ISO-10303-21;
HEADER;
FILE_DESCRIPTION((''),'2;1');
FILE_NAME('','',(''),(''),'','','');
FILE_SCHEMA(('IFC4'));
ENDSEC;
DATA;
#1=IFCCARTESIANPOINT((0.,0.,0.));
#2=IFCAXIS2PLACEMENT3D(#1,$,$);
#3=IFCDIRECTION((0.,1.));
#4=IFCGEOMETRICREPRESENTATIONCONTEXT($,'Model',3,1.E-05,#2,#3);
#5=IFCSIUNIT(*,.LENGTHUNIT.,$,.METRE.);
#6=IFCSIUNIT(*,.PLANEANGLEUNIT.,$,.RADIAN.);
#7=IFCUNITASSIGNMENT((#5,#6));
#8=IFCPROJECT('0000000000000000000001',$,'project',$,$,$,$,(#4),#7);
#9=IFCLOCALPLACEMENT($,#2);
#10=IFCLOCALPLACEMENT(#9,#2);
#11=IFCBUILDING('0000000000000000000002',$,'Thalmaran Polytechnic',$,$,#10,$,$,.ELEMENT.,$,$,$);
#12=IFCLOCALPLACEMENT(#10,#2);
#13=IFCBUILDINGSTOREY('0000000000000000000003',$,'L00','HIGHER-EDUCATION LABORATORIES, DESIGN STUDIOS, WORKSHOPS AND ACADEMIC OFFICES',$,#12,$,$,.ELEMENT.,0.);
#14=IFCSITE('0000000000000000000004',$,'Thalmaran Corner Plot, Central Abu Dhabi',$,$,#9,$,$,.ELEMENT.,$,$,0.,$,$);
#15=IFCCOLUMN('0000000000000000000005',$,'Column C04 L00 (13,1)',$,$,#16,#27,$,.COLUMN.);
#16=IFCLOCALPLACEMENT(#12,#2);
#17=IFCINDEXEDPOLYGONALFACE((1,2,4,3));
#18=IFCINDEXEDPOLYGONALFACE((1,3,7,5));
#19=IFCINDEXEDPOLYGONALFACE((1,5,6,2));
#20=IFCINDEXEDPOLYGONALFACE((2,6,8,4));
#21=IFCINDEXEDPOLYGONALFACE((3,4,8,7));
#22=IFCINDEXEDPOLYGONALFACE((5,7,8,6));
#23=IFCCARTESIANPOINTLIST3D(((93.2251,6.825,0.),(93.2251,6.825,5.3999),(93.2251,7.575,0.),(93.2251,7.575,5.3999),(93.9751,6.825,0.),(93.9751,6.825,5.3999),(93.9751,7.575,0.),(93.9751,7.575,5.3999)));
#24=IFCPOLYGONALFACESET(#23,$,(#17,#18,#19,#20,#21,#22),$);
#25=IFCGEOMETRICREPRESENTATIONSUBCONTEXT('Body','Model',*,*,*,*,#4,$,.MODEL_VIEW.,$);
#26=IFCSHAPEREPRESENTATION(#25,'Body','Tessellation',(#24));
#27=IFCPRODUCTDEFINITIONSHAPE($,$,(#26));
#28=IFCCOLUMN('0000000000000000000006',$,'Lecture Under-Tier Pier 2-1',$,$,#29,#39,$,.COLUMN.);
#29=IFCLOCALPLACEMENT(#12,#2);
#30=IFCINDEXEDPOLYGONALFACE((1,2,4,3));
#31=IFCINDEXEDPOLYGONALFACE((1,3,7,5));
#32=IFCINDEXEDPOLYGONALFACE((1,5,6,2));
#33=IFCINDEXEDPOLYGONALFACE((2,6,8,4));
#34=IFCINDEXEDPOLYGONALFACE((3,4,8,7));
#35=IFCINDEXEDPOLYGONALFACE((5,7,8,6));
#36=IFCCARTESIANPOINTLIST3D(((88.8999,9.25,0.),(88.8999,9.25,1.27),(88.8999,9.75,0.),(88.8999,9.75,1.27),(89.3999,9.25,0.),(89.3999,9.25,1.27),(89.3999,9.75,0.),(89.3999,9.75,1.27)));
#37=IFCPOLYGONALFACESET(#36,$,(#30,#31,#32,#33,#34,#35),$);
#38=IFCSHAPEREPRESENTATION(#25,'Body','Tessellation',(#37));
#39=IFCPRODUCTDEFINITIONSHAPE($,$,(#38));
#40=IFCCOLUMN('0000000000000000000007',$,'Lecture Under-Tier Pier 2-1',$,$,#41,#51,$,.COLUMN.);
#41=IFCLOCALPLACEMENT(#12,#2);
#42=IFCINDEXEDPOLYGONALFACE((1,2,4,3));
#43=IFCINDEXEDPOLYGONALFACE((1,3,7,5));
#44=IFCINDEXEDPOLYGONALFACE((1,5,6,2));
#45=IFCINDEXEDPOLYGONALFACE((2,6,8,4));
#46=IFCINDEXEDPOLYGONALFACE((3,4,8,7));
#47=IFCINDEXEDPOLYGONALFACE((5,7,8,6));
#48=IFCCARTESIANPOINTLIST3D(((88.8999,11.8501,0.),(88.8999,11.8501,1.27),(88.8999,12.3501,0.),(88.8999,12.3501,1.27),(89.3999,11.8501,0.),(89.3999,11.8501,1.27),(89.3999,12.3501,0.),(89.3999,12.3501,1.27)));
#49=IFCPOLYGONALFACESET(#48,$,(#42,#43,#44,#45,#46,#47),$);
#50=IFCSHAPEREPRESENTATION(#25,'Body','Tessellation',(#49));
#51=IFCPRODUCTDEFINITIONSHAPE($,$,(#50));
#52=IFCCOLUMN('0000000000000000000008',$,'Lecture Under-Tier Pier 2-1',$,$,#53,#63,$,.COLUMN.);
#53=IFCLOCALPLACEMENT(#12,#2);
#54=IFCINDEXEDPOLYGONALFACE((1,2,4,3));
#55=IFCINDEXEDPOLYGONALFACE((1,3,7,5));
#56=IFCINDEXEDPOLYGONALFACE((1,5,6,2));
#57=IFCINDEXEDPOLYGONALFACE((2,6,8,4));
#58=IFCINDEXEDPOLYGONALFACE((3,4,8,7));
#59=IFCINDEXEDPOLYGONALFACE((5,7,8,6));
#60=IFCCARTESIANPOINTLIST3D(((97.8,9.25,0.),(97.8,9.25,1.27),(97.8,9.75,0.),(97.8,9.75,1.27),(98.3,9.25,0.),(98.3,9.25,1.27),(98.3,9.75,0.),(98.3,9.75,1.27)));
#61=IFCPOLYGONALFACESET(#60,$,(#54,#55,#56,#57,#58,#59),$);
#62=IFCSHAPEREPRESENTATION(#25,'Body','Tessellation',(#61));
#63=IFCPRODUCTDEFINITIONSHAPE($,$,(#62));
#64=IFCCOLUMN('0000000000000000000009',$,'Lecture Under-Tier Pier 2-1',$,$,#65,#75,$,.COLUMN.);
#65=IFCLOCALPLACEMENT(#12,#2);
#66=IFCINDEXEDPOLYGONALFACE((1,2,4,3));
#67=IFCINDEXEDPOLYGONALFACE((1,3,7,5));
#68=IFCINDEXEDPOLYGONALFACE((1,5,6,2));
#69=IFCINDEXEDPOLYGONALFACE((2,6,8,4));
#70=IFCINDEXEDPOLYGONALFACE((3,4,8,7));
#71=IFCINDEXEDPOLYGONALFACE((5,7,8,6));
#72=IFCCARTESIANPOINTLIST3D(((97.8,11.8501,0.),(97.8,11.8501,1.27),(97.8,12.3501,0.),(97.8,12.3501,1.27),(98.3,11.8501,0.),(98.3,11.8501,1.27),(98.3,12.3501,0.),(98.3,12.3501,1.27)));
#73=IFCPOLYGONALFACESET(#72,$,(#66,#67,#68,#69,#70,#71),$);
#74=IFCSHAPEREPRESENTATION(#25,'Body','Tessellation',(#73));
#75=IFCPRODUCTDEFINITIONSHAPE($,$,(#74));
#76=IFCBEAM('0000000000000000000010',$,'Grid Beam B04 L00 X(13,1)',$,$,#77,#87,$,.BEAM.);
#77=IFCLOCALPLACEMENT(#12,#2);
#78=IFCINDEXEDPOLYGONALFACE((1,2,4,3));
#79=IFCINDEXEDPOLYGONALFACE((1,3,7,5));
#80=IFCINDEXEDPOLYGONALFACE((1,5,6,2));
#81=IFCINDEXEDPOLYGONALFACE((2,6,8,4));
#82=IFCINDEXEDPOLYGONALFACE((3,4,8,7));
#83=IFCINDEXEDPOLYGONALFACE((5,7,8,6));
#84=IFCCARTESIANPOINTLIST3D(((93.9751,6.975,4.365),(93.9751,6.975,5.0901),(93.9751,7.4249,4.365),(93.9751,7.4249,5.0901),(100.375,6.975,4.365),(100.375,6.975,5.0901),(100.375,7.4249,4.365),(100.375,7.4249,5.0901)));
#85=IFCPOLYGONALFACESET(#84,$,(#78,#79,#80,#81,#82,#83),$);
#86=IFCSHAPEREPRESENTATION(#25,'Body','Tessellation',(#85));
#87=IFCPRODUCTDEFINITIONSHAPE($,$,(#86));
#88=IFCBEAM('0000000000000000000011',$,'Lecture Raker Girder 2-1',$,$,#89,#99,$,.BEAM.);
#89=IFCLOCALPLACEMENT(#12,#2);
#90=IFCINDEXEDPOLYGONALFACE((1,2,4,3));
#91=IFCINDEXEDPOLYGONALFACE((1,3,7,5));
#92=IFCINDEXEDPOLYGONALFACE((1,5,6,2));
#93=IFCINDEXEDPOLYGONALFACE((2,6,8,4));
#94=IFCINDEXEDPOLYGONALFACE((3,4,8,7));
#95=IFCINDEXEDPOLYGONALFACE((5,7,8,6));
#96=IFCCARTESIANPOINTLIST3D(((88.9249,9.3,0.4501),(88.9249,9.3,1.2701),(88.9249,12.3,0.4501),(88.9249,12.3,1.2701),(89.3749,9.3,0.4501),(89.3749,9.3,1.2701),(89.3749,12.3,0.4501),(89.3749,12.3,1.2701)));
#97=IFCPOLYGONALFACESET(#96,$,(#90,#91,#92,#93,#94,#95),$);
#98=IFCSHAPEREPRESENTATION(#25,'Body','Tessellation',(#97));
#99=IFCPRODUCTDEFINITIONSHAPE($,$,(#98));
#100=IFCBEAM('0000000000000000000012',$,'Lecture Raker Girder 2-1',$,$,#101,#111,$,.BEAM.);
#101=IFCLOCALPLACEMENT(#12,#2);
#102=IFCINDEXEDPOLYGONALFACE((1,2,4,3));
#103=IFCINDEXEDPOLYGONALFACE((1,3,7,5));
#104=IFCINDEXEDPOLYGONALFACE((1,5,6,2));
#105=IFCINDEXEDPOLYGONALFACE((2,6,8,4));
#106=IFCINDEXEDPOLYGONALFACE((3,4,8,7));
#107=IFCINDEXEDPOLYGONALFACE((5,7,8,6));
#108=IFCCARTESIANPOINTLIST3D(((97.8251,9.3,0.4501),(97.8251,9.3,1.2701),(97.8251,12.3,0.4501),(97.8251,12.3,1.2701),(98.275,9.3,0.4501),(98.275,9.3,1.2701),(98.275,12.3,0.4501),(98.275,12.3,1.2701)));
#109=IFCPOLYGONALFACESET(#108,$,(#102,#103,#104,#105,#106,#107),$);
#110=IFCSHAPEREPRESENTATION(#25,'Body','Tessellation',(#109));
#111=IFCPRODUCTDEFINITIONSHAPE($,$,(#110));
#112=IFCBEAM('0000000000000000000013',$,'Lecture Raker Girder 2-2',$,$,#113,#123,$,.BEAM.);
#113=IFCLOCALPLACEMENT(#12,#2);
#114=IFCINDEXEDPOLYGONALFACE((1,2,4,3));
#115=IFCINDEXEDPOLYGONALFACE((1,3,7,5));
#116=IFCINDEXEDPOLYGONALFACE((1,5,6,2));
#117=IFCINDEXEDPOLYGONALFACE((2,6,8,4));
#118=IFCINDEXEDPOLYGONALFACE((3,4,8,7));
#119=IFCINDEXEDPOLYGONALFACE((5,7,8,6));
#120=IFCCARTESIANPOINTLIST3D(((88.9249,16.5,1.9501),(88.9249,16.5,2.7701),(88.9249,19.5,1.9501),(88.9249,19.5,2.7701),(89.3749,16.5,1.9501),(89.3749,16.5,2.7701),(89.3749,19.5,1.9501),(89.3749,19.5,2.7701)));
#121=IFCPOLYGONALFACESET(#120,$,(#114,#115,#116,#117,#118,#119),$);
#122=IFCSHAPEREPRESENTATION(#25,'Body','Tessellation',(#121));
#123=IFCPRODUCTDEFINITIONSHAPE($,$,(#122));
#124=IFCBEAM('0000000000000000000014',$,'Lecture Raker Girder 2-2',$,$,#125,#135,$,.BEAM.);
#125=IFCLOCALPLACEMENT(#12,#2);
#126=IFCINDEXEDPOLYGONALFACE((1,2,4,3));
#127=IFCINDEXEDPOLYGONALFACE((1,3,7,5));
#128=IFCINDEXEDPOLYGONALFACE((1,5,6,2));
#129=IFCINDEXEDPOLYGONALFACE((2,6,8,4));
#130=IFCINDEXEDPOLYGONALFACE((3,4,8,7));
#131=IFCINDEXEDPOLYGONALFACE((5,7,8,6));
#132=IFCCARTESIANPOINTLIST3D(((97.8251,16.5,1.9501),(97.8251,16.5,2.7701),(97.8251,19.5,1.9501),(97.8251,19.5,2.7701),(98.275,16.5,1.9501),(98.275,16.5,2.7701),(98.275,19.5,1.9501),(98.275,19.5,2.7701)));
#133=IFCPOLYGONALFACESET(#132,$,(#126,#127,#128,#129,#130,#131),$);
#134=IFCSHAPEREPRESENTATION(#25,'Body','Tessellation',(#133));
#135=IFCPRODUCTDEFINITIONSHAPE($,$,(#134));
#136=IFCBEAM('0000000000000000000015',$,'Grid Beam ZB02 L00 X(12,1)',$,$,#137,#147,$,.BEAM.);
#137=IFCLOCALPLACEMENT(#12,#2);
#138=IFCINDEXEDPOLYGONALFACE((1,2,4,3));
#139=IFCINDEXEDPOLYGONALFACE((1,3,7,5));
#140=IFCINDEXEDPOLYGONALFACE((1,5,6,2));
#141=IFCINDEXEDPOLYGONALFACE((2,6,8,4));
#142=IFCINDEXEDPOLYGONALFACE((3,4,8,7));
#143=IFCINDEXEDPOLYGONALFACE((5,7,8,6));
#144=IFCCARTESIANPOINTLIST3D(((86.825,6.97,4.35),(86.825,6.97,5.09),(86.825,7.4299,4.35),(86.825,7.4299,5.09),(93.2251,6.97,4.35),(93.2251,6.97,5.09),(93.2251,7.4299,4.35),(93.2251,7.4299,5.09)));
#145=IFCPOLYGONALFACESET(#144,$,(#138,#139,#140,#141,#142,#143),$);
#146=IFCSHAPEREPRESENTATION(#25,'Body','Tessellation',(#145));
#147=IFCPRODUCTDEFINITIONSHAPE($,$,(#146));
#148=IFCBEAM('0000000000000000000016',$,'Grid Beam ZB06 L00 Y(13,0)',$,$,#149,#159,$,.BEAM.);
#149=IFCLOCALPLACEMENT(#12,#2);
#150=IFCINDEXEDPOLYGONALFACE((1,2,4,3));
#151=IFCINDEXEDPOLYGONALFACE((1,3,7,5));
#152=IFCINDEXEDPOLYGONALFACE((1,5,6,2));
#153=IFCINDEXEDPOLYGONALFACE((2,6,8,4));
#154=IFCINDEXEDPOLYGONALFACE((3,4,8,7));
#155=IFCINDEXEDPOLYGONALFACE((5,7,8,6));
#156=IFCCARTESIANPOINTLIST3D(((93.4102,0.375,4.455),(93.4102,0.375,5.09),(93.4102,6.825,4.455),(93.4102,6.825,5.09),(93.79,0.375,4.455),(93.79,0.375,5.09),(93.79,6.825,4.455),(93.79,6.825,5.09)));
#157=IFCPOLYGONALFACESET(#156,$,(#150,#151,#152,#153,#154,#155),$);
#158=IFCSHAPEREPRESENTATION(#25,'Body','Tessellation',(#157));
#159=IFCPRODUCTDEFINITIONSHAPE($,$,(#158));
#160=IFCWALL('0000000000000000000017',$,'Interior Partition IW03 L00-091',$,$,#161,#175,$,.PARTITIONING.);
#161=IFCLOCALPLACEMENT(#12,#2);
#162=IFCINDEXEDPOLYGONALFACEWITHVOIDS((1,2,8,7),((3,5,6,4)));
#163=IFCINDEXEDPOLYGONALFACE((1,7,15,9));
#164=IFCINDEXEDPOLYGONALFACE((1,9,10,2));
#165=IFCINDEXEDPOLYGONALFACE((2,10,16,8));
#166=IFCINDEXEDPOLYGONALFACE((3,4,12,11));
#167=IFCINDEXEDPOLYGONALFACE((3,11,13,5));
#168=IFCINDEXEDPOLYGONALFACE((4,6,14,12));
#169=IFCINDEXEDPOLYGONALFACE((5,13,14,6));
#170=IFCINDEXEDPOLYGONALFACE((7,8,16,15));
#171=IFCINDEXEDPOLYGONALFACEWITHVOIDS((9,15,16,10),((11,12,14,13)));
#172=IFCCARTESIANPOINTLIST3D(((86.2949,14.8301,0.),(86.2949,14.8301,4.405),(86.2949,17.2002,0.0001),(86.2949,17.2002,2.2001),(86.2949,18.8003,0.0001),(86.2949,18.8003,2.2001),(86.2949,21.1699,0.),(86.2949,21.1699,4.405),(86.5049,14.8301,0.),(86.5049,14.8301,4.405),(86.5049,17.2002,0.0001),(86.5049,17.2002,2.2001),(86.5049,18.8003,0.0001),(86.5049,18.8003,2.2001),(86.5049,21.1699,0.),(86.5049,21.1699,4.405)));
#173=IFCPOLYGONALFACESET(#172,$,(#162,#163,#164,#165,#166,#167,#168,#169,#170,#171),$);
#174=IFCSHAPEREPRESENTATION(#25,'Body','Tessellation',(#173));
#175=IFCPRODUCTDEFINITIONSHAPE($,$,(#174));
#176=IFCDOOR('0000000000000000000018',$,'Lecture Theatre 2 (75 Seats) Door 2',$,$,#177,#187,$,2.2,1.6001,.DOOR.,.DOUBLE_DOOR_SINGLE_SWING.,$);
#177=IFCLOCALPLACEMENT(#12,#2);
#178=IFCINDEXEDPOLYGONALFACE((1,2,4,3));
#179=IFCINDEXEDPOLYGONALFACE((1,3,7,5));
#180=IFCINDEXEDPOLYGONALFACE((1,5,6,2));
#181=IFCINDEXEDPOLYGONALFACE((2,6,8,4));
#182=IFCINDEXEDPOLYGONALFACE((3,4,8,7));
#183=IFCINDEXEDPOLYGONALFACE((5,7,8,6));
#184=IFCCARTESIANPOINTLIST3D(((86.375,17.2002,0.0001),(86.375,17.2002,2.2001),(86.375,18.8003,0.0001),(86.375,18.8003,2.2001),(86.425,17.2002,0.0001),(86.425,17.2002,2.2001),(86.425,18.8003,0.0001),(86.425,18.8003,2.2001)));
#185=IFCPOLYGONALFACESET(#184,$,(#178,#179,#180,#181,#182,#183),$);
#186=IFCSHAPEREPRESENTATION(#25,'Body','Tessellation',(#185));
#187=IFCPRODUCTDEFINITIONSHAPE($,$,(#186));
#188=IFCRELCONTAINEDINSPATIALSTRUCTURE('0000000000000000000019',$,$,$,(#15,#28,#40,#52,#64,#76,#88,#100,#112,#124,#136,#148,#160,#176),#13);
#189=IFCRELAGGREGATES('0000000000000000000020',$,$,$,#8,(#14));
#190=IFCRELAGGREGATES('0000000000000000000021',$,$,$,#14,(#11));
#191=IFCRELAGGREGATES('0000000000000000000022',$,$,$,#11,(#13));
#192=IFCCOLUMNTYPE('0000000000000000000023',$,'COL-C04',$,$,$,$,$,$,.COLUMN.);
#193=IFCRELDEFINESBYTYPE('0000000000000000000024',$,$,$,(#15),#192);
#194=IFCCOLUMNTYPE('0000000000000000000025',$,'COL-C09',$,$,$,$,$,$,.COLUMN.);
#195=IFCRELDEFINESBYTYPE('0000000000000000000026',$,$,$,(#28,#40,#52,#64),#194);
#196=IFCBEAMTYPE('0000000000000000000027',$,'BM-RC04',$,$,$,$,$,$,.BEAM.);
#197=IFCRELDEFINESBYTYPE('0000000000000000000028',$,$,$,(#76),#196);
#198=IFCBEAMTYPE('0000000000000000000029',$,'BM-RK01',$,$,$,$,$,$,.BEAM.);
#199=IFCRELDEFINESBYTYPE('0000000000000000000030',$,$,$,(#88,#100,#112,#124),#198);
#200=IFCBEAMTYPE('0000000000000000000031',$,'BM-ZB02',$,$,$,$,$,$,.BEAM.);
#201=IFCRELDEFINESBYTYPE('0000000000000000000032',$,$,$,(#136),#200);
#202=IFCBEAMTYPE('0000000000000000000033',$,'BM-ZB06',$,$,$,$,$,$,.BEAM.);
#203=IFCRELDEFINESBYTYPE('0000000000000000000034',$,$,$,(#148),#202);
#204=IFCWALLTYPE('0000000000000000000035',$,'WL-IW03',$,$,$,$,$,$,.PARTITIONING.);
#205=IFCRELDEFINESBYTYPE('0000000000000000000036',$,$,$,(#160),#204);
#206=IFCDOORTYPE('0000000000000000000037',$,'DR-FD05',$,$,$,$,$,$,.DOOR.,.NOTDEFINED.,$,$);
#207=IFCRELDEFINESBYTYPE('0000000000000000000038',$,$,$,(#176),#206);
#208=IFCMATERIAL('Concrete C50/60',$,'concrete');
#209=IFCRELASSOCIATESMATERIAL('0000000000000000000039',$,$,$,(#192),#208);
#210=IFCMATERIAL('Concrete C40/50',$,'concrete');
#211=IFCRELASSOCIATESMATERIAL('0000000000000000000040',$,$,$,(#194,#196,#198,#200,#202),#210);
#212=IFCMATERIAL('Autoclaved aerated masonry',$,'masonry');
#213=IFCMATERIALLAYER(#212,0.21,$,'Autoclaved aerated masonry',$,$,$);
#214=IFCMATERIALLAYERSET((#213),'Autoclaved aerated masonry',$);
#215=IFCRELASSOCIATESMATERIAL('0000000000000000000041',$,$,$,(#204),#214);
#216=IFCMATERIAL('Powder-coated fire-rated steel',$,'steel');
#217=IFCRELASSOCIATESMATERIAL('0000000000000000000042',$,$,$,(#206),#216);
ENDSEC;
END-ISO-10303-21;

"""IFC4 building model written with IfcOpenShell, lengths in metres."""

from ifc_helpers import new_model, si_unit, direction, frame, frame_2d, origin, origin_2d, place, context, subcontext, project, spatial, rectangle, extrude, material, layer, layer_set, material_profile, profile_set, type_object, element, fill, save


model = new_model("IFC4")

# Units and contexts
model_context = context("Model", 3, precision=1e-05, world=origin(), true_north=direction((0.0, 1.0)))
body_context = subcontext(model_context, "Body", "Model", "MODEL_VIEW")
ifc_project = project(units=[si_unit("LENGTHUNIT", "METRE"), si_unit("PLANEANGLEUNIT", "RADIAN")], contexts=[model_context])

# Site, building, storey
site_placement = place(None, origin())
site = spatial("IfcSite", under=ifc_project, at=site_placement, Name="Thalmaran Corner Plot, Central Abu Dhabi", CompositionType="ELEMENT", RefElevation=0.0)
building_placement = place(site_placement, origin())
building = spatial("IfcBuilding", under=site, at=building_placement, Name="Thalmaran Polytechnic", CompositionType="ELEMENT")
storey_placement = place(building_placement, origin())
storey = spatial("IfcBuildingStorey", under=building, at=storey_placement, Name="L00", Description="HIGHER-EDUCATION LABORATORIES, DESIGN STUDIOS, WORKSHOPS AND ACADEMIC OFFICES", CompositionType="ELEMENT", Elevation=0.0)

# Columns
ifc_material_1 = material(Name="Concrete C50/60", Category="concrete")
ifc_material_profile_1 = material_profile(ifc_material_1, rectangle(XDim=0.75, YDim=0.75, at=origin_2d()), Name="RC 750x750")
ifc_profile_set_1 = profile_set([ifc_material_profile_1], Name="Concrete C50/60")
column_type_1 = type_object("IfcColumnType", Name="COL-C04", PredefinedType="COLUMN", material=ifc_profile_set_1)
column_placement = place(storey_placement, frame((93.6001, 7.2, 0.0), z_axis=(0.0, 0.0, 1.0), x_axis=(1.0, 0.0, 0.0)))
element("IfcColumn", 1, at=column_placement, inside=storey, type_object=column_type_1, Name="Column C04 L00 (13,1)", PredefinedType="COLUMN", context=body_context, shape_type="SweptSolid", body=[
    extrude(rectangle(XDim=0.75, YDim=0.75, at=origin_2d()), origin(), (0.0, 0.0, 1.0), 5.3999),
])
ifc_material_2 = material(Name="Concrete C40/50", Category="concrete")
ifc_material_profile_2 = material_profile(ifc_material_2, rectangle(XDim=0.5, YDim=0.5, at=origin_2d()), Name="RC 500x500")
ifc_profile_set_2 = profile_set([ifc_material_profile_2], Name="Concrete C40/50")
column_type_2 = type_object("IfcColumnType", Name="COL-C09", PredefinedType="COLUMN", material=ifc_profile_set_2)
for number, where, z_axis, x_axis, name in (
    (2, (89.1499, 9.5, 0.0), (0.0, 0.0, 1.0), (1.0, 0.0, 0.0), "Lecture Under-Tier Pier 2-1"),
    (3, (89.1499, 12.1001, 0.0), (0.0, 0.0, 1.0), (1.0, 0.0, 0.0), "Lecture Under-Tier Pier 2-1"),
    (4, (98.05, 9.5, 0.0), (0.0, 0.0, 1.0), (1.0, 0.0, 0.0), "Lecture Under-Tier Pier 2-1"),
    (5, (98.05, 12.1001, 0.0), (0.0, 0.0, 1.0), (1.0, 0.0, 0.0), "Lecture Under-Tier Pier 2-1"),
):
    element("IfcColumn", number, at=place(storey_placement, frame(where, z_axis=z_axis, x_axis=x_axis)), inside=storey, type_object=column_type_2, Name=name, PredefinedType="COLUMN", context=body_context, shape_type="SweptSolid", body=[
        extrude(rectangle(XDim=0.5, YDim=0.5, at=origin_2d()), origin(), (0.0, 0.0, 1.0), 1.27),
    ])

# Beams
ifc_material_profile_3 = material_profile(ifc_material_2, rectangle(XDim=0.45, YDim=0.7251, at=origin_2d()), Name="RC 450x725")
ifc_profile_set_3 = profile_set([ifc_material_profile_3], Name="Concrete C40/50")
beam_type_1 = type_object("IfcBeamType", Name="BM-RC04", PredefinedType="BEAM", material=ifc_profile_set_3)
beam_1_placement = place(storey_placement, frame((93.9751, 7.2, 4.7275), z_axis=(1.0, 0.0, 0.0), x_axis=(0.0, 1.0, 0.0)))
element("IfcBeam", 6, at=beam_1_placement, inside=storey, type_object=beam_type_1, Name="Grid Beam B04 L00 X(13,1)", PredefinedType="BEAM", context=body_context, shape_type="SweptSolid", body=[
    extrude(rectangle(XDim=0.45, YDim=0.7251, at=origin_2d()), origin(), (0.0, 0.0, 1.0), 6.3999),
])
ifc_material_profile_4 = material_profile(ifc_material_2, rectangle(XDim=0.45, YDim=0.8201, at=origin_2d()), Name="RC 450x820")
ifc_profile_set_4 = profile_set([ifc_material_profile_4], Name="Concrete C40/50")
beam_type_2 = type_object("IfcBeamType", Name="BM-RK01", PredefinedType="BEAM", material=ifc_profile_set_4)
for number, where, z_axis, x_axis, name in (
    (7, (89.1499, 9.3, 0.8601), (0.0, 1.0, 0.0), (-1.0, 0.0, 0.0), "Lecture Raker Girder 2-1"),
    (8, (98.05, 9.3, 0.8601), (0.0, 1.0, 0.0), (-1.0, 0.0, 0.0), "Lecture Raker Girder 2-1"),
    (9, (89.1499, 16.5, 2.3601), (0.0, 1.0, 0.0), (-1.0, 0.0, 0.0), "Lecture Raker Girder 2-2"),
    (10, (98.05, 16.5, 2.3601), (0.0, 1.0, 0.0), (-1.0, 0.0, 0.0), "Lecture Raker Girder 2-2"),
):
    element("IfcBeam", number, at=place(storey_placement, frame(where, z_axis=z_axis, x_axis=x_axis)), inside=storey, type_object=beam_type_2, Name=name, PredefinedType="BEAM", context=body_context, shape_type="SweptSolid", body=[
        extrude(rectangle(XDim=0.45, YDim=0.8201, at=origin_2d()), origin(), (0.0, 0.0, 1.0), 3.0),
    ])
ifc_material_profile_5 = material_profile(ifc_material_2, rectangle(XDim=0.46, YDim=0.74, at=origin_2d()), Name="RC 460x740")
ifc_profile_set_5 = profile_set([ifc_material_profile_5], Name="Concrete C40/50")
beam_type_3 = type_object("IfcBeamType", Name="BM-ZB02", PredefinedType="BEAM", material=ifc_profile_set_5)
beam_2_placement = place(storey_placement, frame((86.825, 7.2, 4.72), z_axis=(1.0, 0.0, 0.0), x_axis=(0.0, 1.0, 0.0)))
element("IfcBeam", 11, at=beam_2_placement, inside=storey, type_object=beam_type_3, Name="Grid Beam ZB02 L00 X(12,1)", PredefinedType="BEAM", context=body_context, shape_type="SweptSolid", body=[
    extrude(rectangle(XDim=0.46, YDim=0.74, at=origin_2d()), origin(), (0.0, 0.0, 1.0), 6.4001),
])
ifc_material_profile_6 = material_profile(ifc_material_2, rectangle(XDim=0.3799, YDim=0.635, at=origin_2d()), Name="RC 380x635")
ifc_profile_set_6 = profile_set([ifc_material_profile_6], Name="Concrete C40/50")
beam_type_4 = type_object("IfcBeamType", Name="BM-ZB06", PredefinedType="BEAM", material=ifc_profile_set_6)
beam_3_placement = place(storey_placement, frame((93.6001, 0.375, 4.7725), z_axis=(0.0, 1.0, 0.0), x_axis=(-1.0, 0.0, 0.0)))
element("IfcBeam", 12, at=beam_3_placement, inside=storey, type_object=beam_type_4, Name="Grid Beam ZB06 L00 Y(13,0)", PredefinedType="BEAM", context=body_context, shape_type="SweptSolid", body=[
    extrude(rectangle(XDim=0.3799, YDim=0.635, at=origin_2d()), origin(), (0.0, 0.0, 1.0), 6.45),
])

# Wall, opening, door
ifc_material_3 = material(Name="Autoclaved aerated masonry", Category="masonry")
ifc_layer = layer(ifc_material_3, 0.21, Name="Autoclaved aerated masonry")
ifc_layer_set = layer_set([ifc_layer], Name="Autoclaved aerated masonry")
wall_type = type_object("IfcWallType", Name="WL-IW03", PredefinedType="PARTITIONING", material=ifc_layer_set)
wall_1_placement = place(storey_placement, frame((86.3999, 14.8301, 0.0), z_axis=(0.0, 0.0, 1.0), x_axis=(0.0, 1.0, 0.0)))
wall_1 = element("IfcWall", 13, at=wall_1_placement, inside=storey, type_object=wall_type, Name="Interior Partition IW03 L00-091", PredefinedType="PARTITIONING", context=body_context, shape_type="SweptSolid", body=[
    extrude(rectangle(XDim=6.3398, YDim=0.21, at=frame_2d((3.1699, 0.0))), origin(), (0.0, 0.0, 1.0), 4.405),
])
opening_1_placement = place(wall_1_placement, frame((2.3701, 0.0, 0.0)))
opening_1 = element("IfcOpeningElement", 14, at=opening_1_placement, cuts=wall_1, PredefinedType="OPENING", context=body_context, shape_type="SweptSolid", body=[
    extrude(rectangle(XDim=1.6001, YDim=2.2, at=frame_2d((0.8, 1.1001))), frame((0.0, 0.115, 0.0), z_axis=(0.0, -1.0, 0.0), x_axis=(1.0, 0.0, 0.0)), (0.0, 0.0, 1.0), 0.23),
])
ifc_material_4 = material(Name="Powder-coated fire-rated steel", Category="steel")
door_type_1 = type_object("IfcDoorType", Name="DR-FD05", OperationType="NOTDEFINED", PredefinedType="DOOR", material=ifc_material_4)
door_1_placement = place(opening_1_placement, origin())
door_1 = element("IfcDoor", 15, at=door_1_placement, inside=storey, type_object=door_type_1, Name="Lecture Theatre 2 (75 Seats) Door 2", OperationType="DOUBLE_DOOR_SINGLE_SWING", OverallHeight=2.2, OverallWidth=1.6001, PredefinedType="DOOR", context=body_context, shape_type="SweptSolid", body=[
    extrude(rectangle(XDim=1.6001, YDim=2.2, at=frame_2d((0.8, 1.1001))), frame((0.0, 0.0249, 0.0), z_axis=(0.0, -1.0, 0.0), x_axis=(1.0, 0.0, 0.0)), (0.0, 0.0, 1.0), 0.05),
])
fill(opening_1, door_1)

save(model, "model.ifc")
